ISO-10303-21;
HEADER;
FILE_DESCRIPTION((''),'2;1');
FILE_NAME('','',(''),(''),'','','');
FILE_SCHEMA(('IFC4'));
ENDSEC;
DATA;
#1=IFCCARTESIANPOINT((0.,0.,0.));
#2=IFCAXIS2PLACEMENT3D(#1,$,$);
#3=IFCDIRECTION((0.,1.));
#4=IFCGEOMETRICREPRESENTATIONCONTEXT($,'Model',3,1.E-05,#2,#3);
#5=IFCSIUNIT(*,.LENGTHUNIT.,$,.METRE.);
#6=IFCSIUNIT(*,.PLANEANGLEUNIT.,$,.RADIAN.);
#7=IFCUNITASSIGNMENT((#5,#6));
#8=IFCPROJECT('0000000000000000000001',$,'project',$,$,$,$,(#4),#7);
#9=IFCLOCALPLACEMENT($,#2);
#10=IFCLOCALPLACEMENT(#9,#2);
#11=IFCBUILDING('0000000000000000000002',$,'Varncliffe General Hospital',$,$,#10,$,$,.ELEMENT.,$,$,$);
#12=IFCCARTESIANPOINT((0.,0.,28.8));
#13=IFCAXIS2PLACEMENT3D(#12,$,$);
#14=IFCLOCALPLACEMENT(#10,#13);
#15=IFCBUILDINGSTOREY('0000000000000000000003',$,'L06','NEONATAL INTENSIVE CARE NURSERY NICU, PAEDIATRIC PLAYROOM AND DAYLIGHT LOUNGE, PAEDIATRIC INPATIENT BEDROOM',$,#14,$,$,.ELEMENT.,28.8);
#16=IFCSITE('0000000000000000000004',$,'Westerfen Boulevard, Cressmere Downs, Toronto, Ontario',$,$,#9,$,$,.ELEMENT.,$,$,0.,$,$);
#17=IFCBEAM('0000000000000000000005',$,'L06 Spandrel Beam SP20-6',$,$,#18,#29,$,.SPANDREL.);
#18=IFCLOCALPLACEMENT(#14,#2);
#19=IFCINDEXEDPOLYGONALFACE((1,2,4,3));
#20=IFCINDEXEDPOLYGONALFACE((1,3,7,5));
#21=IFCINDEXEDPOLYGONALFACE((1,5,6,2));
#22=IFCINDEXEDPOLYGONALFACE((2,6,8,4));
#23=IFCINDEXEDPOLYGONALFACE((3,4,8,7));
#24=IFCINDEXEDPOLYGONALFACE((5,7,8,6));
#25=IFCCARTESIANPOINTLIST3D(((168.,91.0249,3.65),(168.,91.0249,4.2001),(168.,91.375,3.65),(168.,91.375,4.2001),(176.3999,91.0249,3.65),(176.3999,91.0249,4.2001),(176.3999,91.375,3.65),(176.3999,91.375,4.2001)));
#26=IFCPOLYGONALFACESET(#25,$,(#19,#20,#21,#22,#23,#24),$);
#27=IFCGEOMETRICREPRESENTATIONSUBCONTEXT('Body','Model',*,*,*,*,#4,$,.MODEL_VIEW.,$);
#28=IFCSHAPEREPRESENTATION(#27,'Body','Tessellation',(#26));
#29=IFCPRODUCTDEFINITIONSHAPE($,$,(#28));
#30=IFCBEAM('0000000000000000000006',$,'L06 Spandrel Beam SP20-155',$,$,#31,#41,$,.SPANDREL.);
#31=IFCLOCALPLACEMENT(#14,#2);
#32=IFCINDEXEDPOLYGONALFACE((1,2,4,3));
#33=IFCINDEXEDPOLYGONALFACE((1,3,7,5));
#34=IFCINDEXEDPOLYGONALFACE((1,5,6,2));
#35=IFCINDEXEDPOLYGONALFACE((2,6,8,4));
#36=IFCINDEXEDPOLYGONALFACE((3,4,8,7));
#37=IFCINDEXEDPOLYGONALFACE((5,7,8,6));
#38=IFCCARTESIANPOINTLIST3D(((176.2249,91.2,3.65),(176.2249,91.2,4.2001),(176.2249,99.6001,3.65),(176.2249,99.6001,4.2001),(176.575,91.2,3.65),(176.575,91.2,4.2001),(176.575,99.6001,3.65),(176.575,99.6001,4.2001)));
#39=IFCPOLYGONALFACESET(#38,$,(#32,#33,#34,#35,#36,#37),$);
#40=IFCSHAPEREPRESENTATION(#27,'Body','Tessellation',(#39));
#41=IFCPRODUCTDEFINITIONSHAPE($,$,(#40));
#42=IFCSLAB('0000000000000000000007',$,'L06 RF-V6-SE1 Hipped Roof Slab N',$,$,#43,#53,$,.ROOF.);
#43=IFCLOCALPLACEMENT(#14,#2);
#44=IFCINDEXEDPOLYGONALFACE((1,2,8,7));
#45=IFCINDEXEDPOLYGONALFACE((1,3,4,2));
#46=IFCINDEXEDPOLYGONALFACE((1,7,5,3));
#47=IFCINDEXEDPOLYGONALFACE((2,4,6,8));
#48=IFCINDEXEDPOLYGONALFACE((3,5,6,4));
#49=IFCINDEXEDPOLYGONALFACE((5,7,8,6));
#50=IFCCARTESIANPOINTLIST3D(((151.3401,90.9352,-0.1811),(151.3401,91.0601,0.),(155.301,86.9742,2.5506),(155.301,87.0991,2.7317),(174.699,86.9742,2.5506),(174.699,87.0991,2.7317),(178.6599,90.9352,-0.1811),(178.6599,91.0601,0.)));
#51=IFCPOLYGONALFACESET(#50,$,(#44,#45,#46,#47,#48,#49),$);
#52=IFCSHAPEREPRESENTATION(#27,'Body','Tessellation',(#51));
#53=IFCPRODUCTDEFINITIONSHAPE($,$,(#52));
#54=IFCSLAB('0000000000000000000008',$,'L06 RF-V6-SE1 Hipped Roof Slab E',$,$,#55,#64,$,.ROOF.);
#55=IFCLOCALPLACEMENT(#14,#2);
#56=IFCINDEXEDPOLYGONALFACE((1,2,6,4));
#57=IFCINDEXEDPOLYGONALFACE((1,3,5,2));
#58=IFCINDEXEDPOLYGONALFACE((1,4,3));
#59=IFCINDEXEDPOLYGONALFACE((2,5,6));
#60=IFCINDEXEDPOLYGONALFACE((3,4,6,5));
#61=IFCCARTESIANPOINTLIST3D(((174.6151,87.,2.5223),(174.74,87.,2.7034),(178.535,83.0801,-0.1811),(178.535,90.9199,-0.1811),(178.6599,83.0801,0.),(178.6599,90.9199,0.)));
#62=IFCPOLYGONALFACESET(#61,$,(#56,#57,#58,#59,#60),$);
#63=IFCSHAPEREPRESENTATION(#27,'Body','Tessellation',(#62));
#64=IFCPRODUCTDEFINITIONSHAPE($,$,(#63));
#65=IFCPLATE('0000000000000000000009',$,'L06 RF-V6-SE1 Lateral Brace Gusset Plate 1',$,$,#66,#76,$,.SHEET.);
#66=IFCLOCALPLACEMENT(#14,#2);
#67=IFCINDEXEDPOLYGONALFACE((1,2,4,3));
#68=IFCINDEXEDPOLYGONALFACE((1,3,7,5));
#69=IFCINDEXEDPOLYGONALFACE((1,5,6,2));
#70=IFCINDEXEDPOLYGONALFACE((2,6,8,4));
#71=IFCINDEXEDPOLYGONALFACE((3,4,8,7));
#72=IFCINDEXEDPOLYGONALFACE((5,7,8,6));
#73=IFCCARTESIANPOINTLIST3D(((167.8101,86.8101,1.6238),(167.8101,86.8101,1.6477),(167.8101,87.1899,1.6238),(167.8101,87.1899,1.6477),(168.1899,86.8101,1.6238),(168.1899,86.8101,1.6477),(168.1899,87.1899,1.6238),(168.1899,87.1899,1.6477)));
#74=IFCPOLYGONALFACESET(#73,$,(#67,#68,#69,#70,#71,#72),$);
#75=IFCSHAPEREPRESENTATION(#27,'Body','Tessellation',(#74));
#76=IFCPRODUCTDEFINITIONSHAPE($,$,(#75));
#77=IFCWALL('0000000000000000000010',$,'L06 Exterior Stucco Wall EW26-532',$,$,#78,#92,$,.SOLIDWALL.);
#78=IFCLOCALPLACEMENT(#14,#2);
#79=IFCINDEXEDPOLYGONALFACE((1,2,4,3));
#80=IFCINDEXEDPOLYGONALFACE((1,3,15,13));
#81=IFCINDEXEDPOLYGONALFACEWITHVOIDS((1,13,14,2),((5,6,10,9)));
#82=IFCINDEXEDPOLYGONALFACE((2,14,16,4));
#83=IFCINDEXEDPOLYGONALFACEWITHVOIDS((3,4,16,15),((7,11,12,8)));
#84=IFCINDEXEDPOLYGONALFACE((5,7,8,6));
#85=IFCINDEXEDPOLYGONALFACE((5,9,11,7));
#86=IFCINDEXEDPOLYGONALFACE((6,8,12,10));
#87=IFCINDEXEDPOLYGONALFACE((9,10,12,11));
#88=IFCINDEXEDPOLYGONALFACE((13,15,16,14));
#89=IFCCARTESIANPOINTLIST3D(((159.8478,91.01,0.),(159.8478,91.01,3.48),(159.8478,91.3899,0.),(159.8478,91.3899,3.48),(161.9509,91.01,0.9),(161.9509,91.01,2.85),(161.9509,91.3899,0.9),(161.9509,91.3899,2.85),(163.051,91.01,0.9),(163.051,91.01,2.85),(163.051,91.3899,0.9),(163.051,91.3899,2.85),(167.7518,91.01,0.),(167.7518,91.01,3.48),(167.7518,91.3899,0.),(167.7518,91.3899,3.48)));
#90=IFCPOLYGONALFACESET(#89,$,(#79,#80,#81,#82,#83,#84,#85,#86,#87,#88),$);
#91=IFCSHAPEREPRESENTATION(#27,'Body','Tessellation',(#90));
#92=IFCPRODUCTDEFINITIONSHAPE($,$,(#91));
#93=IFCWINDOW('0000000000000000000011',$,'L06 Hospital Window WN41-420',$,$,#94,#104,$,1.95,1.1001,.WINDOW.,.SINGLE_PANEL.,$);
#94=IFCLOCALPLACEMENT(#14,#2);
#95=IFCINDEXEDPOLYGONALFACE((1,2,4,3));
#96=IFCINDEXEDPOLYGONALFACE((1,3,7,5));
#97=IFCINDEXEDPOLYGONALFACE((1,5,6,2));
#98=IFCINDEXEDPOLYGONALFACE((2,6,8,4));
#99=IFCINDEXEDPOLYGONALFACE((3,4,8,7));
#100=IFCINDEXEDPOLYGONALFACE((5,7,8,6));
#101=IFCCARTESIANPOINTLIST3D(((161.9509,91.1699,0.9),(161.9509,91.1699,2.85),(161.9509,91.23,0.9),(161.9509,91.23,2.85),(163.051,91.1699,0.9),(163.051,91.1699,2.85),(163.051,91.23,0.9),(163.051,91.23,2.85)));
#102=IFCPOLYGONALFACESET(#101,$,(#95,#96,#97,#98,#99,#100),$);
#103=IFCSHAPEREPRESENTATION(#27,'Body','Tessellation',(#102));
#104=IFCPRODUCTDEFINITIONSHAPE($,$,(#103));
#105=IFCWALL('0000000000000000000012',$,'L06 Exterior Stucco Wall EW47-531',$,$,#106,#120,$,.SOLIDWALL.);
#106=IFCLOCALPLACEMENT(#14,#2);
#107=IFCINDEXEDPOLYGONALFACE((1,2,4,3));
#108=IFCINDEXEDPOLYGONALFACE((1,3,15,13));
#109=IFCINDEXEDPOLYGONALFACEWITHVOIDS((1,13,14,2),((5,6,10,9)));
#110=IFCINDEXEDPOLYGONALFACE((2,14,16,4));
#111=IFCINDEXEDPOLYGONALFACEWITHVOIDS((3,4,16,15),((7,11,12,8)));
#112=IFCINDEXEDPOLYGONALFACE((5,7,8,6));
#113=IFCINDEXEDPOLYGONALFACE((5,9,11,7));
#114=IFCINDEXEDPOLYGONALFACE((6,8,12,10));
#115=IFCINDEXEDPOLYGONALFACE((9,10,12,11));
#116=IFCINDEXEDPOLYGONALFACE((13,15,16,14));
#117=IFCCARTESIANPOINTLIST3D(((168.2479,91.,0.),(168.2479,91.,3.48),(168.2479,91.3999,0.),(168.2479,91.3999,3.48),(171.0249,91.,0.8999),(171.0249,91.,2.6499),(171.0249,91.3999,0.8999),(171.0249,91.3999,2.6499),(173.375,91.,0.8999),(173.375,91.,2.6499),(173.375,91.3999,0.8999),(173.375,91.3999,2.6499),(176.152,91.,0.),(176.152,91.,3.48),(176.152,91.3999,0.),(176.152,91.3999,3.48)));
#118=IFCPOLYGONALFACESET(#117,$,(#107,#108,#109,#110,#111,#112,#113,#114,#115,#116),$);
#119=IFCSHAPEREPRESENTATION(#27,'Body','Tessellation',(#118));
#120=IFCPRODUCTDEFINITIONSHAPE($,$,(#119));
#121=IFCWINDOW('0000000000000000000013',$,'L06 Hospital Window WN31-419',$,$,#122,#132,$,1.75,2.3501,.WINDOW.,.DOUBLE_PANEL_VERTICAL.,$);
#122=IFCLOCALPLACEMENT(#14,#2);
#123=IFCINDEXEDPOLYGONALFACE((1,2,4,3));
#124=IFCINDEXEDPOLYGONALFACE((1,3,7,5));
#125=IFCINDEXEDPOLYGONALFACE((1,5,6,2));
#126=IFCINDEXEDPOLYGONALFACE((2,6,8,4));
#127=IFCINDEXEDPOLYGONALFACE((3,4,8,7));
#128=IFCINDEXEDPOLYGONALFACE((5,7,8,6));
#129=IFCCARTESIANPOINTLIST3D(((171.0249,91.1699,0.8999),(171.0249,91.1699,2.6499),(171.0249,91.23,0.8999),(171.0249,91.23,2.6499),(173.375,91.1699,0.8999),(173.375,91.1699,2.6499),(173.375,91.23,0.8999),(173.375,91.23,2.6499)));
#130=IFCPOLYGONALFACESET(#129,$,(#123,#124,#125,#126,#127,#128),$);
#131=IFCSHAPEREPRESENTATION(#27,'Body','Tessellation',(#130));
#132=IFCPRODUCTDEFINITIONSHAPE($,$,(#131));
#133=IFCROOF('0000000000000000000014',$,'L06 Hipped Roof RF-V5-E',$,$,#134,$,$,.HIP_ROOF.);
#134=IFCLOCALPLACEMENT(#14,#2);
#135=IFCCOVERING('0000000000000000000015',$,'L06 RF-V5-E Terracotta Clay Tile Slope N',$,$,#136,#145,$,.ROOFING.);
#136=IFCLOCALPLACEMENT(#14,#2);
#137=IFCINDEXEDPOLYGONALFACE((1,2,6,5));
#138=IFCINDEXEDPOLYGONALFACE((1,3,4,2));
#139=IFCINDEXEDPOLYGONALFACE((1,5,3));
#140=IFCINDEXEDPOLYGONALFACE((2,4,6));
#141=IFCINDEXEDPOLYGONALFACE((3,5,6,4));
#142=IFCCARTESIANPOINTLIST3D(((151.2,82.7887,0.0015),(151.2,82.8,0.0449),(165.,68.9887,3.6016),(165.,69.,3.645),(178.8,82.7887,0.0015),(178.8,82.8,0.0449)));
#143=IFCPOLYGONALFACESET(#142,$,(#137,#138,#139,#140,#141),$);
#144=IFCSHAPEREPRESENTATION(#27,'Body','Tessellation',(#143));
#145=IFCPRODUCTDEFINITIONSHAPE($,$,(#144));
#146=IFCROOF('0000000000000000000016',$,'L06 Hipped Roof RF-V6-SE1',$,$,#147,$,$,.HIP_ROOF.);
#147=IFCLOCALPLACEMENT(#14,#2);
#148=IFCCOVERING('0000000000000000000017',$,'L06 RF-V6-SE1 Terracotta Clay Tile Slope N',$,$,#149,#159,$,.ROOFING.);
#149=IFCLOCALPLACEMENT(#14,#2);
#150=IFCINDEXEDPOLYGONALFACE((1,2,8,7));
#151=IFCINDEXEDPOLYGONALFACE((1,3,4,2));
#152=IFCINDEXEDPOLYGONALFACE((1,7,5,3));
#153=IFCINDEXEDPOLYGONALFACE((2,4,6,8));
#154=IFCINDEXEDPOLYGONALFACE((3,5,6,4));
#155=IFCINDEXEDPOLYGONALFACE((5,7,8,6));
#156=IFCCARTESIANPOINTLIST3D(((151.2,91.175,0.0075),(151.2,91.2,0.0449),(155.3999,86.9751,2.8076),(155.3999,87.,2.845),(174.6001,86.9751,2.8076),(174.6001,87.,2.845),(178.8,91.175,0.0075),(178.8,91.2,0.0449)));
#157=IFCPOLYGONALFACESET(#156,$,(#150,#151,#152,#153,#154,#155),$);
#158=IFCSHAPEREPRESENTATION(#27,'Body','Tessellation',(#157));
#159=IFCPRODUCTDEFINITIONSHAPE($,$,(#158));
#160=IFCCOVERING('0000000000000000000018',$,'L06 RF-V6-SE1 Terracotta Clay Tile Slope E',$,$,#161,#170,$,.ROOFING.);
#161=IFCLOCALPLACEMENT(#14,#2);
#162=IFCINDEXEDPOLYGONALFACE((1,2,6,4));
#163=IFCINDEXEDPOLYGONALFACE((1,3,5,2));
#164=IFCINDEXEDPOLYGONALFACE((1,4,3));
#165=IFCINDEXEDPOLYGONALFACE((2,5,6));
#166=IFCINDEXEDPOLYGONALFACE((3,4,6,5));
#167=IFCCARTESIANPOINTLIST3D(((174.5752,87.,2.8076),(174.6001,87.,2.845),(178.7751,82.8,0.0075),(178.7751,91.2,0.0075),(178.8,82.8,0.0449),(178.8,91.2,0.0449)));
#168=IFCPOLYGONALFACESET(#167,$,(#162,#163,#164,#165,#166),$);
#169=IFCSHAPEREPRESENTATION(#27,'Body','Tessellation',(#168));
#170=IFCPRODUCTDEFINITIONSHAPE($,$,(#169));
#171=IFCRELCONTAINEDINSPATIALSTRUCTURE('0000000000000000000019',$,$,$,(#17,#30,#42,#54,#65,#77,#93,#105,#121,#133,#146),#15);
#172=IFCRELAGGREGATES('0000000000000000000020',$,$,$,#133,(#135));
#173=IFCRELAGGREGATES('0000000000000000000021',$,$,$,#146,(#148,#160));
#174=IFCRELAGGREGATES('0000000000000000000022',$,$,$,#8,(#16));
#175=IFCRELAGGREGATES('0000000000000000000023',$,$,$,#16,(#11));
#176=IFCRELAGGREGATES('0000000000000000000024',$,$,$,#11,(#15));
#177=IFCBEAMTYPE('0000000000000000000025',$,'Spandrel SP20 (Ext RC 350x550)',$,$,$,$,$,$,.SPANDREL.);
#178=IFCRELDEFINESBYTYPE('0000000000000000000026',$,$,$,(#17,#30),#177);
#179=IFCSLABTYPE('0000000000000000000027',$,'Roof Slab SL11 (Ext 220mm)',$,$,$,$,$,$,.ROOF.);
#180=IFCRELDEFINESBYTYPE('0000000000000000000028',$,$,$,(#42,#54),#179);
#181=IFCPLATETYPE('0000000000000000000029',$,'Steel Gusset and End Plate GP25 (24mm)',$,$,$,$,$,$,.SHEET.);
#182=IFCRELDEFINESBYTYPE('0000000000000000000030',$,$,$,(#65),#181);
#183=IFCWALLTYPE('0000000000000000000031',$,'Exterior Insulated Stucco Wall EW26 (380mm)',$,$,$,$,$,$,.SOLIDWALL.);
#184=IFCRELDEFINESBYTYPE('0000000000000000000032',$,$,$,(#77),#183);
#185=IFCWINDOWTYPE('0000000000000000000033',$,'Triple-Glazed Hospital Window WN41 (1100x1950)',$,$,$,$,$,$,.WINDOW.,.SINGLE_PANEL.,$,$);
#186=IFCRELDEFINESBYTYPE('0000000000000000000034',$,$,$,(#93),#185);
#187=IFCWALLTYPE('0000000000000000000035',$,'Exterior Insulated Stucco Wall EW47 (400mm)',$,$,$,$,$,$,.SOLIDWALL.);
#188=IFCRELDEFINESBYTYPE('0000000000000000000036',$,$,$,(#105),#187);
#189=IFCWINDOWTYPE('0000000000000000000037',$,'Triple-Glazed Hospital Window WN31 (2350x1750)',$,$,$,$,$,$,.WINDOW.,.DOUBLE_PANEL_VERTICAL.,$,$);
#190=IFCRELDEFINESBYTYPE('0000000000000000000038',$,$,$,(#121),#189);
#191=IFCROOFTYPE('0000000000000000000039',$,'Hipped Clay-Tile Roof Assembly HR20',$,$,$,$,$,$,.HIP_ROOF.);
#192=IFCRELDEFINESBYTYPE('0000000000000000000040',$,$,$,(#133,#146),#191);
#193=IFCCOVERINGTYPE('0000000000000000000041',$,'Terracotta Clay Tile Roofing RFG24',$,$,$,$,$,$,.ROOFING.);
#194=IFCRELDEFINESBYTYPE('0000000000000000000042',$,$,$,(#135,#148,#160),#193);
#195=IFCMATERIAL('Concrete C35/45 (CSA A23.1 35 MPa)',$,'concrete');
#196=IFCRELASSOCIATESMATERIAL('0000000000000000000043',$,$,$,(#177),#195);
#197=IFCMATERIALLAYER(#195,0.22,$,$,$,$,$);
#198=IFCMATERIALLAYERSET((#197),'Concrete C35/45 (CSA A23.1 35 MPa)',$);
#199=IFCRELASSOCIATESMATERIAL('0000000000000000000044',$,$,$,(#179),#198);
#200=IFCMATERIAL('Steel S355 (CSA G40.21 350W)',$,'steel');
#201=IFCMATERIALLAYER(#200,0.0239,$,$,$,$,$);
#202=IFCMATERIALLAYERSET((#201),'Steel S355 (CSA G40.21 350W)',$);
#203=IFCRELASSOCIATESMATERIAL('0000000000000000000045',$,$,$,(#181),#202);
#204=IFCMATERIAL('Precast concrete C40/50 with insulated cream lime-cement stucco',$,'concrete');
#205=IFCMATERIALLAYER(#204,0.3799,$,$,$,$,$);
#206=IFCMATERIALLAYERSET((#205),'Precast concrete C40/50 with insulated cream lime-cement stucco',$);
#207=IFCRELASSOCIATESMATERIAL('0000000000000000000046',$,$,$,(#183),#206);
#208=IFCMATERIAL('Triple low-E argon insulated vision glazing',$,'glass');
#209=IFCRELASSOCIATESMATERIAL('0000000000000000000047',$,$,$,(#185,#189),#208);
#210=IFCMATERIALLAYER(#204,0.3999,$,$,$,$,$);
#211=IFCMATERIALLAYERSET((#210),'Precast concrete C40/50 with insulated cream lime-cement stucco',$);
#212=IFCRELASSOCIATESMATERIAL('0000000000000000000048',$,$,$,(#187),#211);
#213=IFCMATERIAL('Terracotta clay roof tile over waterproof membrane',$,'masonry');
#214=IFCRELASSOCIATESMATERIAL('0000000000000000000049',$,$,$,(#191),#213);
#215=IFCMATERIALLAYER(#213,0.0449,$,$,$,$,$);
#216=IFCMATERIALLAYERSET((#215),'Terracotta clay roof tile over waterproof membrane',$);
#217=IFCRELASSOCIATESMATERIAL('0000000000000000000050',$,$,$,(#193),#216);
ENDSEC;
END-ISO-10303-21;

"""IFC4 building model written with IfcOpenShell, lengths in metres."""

from ifc_helpers import new_model, si_unit, direction, frame, frame_2d, origin, origin_2d, place, context, subcontext, project, spatial, polyline, rectangle, outline, extrude, material, layer, layer_set, material_profile, profile_set, type_object, element, fill, aggregate, save


model = new_model("IFC4")

# Units and contexts
model_context = context("Model", 3, precision=1e-05, world=origin(), true_north=direction((0.0, 1.0)))
body_context = subcontext(model_context, "Body", "Model", "MODEL_VIEW")
ifc_project = project(units=[si_unit("LENGTHUNIT", "METRE"), si_unit("PLANEANGLEUNIT", "RADIAN")], contexts=[model_context])

# Site, building, storey
site_placement = place(None, origin())
site = spatial("IfcSite", under=ifc_project, at=site_placement, Name="Westerfen Boulevard, Cressmere Downs, Toronto, Ontario", CompositionType="ELEMENT", RefElevation=0.0)
building_placement = place(site_placement, origin())
building = spatial("IfcBuilding", under=site, at=building_placement, Name="Varncliffe General Hospital", CompositionType="ELEMENT")
storey_placement = place(building_placement, frame((0.0, 0.0, 28.8)))
storey = spatial("IfcBuildingStorey", under=building, at=storey_placement, Name="L06", Description="NEONATAL INTENSIVE CARE NURSERY NICU, PAEDIATRIC PLAYROOM AND DAYLIGHT LOUNGE, PAEDIATRIC INPATIENT BEDROOM", CompositionType="ELEMENT", Elevation=28.8)

# Shared definitions
ifc_material_1 = material(Name="Concrete C35/45 (CSA A23.1 35 MPa)", Category="concrete")

# Shared definitions
ifc_material_2 = material(Name="Steel S355 (CSA G40.21 350W)", Category="steel")

# Beams
ifc_material_profile_1 = material_profile(ifc_material_1, rectangle(XDim=0.3501, YDim=0.55, at=origin_2d()), Name="RC 350x550")
ifc_profile_set_1 = profile_set([ifc_material_profile_1], Name="Concrete C35/45 (CSA A23.1 35 MPa)")
beam_type_1 = type_object("IfcBeamType", Name="Spandrel SP20 (Ext RC 350x550)", PredefinedType="SPANDREL", material=ifc_profile_set_1)
beam_1_placement = place(storey_placement, frame((168.0, 91.2, 3.925), z_axis=(1.0, 0.0, 0.0), x_axis=(0.0, 1.0, 0.0)))
element("IfcBeam", 1, at=beam_1_placement, inside=storey, type_object=beam_type_1, Name="L06 Spandrel Beam SP20-6", PredefinedType="SPANDREL", context=body_context, shape_type="SweptSolid", body=[
    extrude(rectangle(XDim=0.3501, YDim=0.55, at=origin_2d()), origin(), (0.0, 0.0, 1.0), 8.3999),
])
beam_2_placement = place(storey_placement, frame((176.3999, 91.2, 3.925), z_axis=(0.0, 1.0, 0.0), x_axis=(-1.0, 0.0, 0.0)))
element("IfcBeam", 2, at=beam_2_placement, inside=storey, type_object=beam_type_1, Name="L06 Spandrel Beam SP20-155", PredefinedType="SPANDREL", context=body_context, shape_type="SweptSolid", body=[
    extrude(rectangle(XDim=0.3501, YDim=0.55, at=origin_2d()), origin(), (0.0, 0.0, 1.0), 8.4001),
])

# Slabs
ifc_layer_1 = layer(ifc_material_1, 0.22)
ifc_layer_set_1 = layer_set([ifc_layer_1], Name="Concrete C35/45 (CSA A23.1 35 MPa)")
slab_type = type_object("IfcSlabType", Name="Roof Slab SL11 (Ext 220mm)", PredefinedType="ROOF", material=ifc_layer_set_1)
slab_1_placement = place(storey_placement, frame((178.6599, 91.0601, 0.0), z_axis=(0.0, 0.567734, 0.823212), x_axis=(-1.0, 0.0, 0.0)))
element("IfcSlab", 3, at=slab_1_placement, inside=storey, type_object=slab_type, Name="L06 RF-V6-SE1 Hipped Roof Slab N", PredefinedType="ROOF", context=body_context, shape_type="SweptSolid", body=[
    extrude(outline(polyline([(0.0, 0.0), (27.3198, 0.0), (23.3589, 4.8116), (3.9609, 4.8116), (0.0, 0.0)])), origin(), (0.0, 0.0, -1.0), 0.22),
])
slab_2_placement = place(storey_placement, frame((178.6599, 83.0801, 0.0), z_axis=(0.567729, 0.0, 0.823215), x_axis=(0.0, 1.0, 0.0)))
element("IfcSlab", 4, at=slab_2_placement, inside=storey, type_object=slab_type, Name="L06 RF-V6-SE1 Hipped Roof Slab E", PredefinedType="ROOF", context=body_context, shape_type="SweptSolid", body=[
    extrude(outline(polyline([(0.0, 0.0), (7.8398, 0.0), (3.9199, 4.7617), (0.0, 0.0)])), origin(), (0.0, 0.0, -1.0), 0.22),
])

# Plate
ifc_layer_2 = layer(ifc_material_2, 0.0239)
ifc_layer_set_2 = layer_set([ifc_layer_2], Name="Steel S355 (CSA G40.21 350W)")
plate_type = type_object("IfcPlateType", Name="Steel Gusset and End Plate GP25 (24mm)", PredefinedType="SHEET", material=ifc_layer_set_2)
plate_placement = place(storey_placement, frame((168.0, 87.0, 1.6238), z_axis=(0.0, 0.0, 1.0), x_axis=(1.0, 0.0, 0.0)))
element("IfcPlate", 5, at=plate_placement, inside=storey, type_object=plate_type, Name="L06 RF-V6-SE1 Lateral Brace Gusset Plate 1", PredefinedType="SHEET", context=body_context, shape_type="SweptSolid", body=[
    extrude(rectangle(XDim=0.3799, YDim=0.3799, at=origin_2d()), origin(), (0.0, 0.0, 1.0), 0.0239),
])

# Walls, openings, windows
ifc_material_3 = material(Name="Precast concrete C40/50 with insulated cream lime-cement stucco", Category="concrete")
ifc_layer_3 = layer(ifc_material_3, 0.3799)
ifc_layer_set_3 = layer_set([ifc_layer_3], Name="Precast concrete C40/50 with insulated cream lime-cement stucco")
wall_type_1 = type_object("IfcWallType", Name="Exterior Insulated Stucco Wall EW26 (380mm)", PredefinedType="SOLIDWALL", material=ifc_layer_set_3)
wall_1_placement = place(storey_placement, frame((167.752, 91.2, 0.0), z_axis=(0.0, 0.0, 1.0), x_axis=(-1.0, 0.0, 0.0)))
wall_1 = element("IfcWall", 6, at=wall_1_placement, inside=storey, type_object=wall_type_1, Name="L06 Exterior Stucco Wall EW26-532", PredefinedType="SOLIDWALL", context=body_context, shape_type="SweptSolid", body=[
    extrude(rectangle(XDim=7.9041, YDim=0.3799, at=frame_2d((3.9521, 0.0))), origin(), (0.0, 0.0, 1.0), 3.48),
])
opening_1_placement = place(wall_1_placement, frame((4.7009, 0.0, 0.8999)))
opening_1 = element("IfcOpeningElement", 7, at=opening_1_placement, cuts=wall_1, PredefinedType="OPENING", context=body_context, shape_type="SweptSolid", body=[
    extrude(rectangle(XDim=1.1001, YDim=1.95, at=frame_2d((0.55, 0.9751))), frame((0.0, 0.2, 0.0), z_axis=(0.0, -1.0, 0.0), x_axis=(1.0, 0.0, 0.0)), (0.0, 0.0, 1.0), 0.3999),
])
ifc_material_4 = material(Name="Triple low-E argon insulated vision glazing", Category="glass")
window_type_1 = type_object("IfcWindowType", Name="Triple-Glazed Hospital Window WN41 (1100x1950)", PartitioningType="SINGLE_PANEL", PredefinedType="WINDOW", material=ifc_material_4)
window_1_placement = place(opening_1_placement, origin())
window_1 = element("IfcWindow", 8, at=window_1_placement, inside=storey, type_object=window_type_1, Name="L06 Hospital Window WN41-420", OverallHeight=1.95, OverallWidth=1.1001, PartitioningType="SINGLE_PANEL", PredefinedType="WINDOW", context=body_context, shape_type="SweptSolid", body=[
    extrude(rectangle(XDim=1.1001, YDim=1.95, at=frame_2d((0.55, 0.9751))), frame((0.0, 0.03, 0.0), z_axis=(0.0, -1.0, 0.0), x_axis=(1.0, 0.0, 0.0)), (0.0, 0.0, 1.0), 0.0601),
])
fill(opening_1, window_1)
ifc_layer_4 = layer(ifc_material_3, 0.3999)
ifc_layer_set_4 = layer_set([ifc_layer_4], Name="Precast concrete C40/50 with insulated cream lime-cement stucco")
wall_type_2 = type_object("IfcWallType", Name="Exterior Insulated Stucco Wall EW47 (400mm)", PredefinedType="SOLIDWALL", material=ifc_layer_set_4)
wall_2_placement = place(storey_placement, frame((176.1521, 91.2, 0.0), z_axis=(0.0, 0.0, 1.0), x_axis=(-1.0, 0.0, 0.0)))
wall_2 = element("IfcWall", 9, at=wall_2_placement, inside=storey, type_object=wall_type_2, Name="L06 Exterior Stucco Wall EW47-531", PredefinedType="SOLIDWALL", context=body_context, shape_type="SweptSolid", body=[
    extrude(rectangle(XDim=7.9041, YDim=0.3999, at=frame_2d((3.9521, 0.0))), origin(), (0.0, 0.0, 1.0), 3.48),
])
opening_2_placement = place(wall_2_placement, frame((2.7771, 0.0, 0.8999)))
opening_2 = element("IfcOpeningElement", 10, at=opening_2_placement, cuts=wall_2, PredefinedType="OPENING", context=body_context, shape_type="SweptSolid", body=[
    extrude(rectangle(XDim=2.3501, YDim=1.75, at=frame_2d((1.175, 0.875))), frame((0.0, 0.21, 0.0), z_axis=(0.0, -1.0, 0.0), x_axis=(1.0, 0.0, 0.0)), (0.0, 0.0, 1.0), 0.4199),
])
window_type_2 = type_object("IfcWindowType", Name="Triple-Glazed Hospital Window WN31 (2350x1750)", PartitioningType="DOUBLE_PANEL_VERTICAL", PredefinedType="WINDOW", material=ifc_material_4)
window_2_placement = place(opening_2_placement, origin())
window_2 = element("IfcWindow", 11, at=window_2_placement, inside=storey, type_object=window_type_2, Name="L06 Hospital Window WN31-419", OverallHeight=1.75, OverallWidth=2.3501, PartitioningType="DOUBLE_PANEL_VERTICAL", PredefinedType="WINDOW", context=body_context, shape_type="SweptSolid", body=[
    extrude(rectangle(XDim=2.3501, YDim=1.75, at=frame_2d((1.175, 0.875))), frame((0.0, 0.03, 0.0), z_axis=(0.0, -1.0, 0.0), x_axis=(1.0, 0.0, 0.0)), (0.0, 0.0, 1.0), 0.0601),
])
fill(opening_2, window_2)

# Roof, covering
ifc_material_5 = material(Name="Terracotta clay roof tile over waterproof membrane", Category="masonry")
roof_type = type_object("IfcRoofType", Name="Hipped Clay-Tile Roof Assembly HR20", PredefinedType="HIP_ROOF", material=ifc_material_5)
roof_1_placement = place(storey_placement, origin())
roof_1 = element("IfcRoof", 12, at=roof_1_placement, inside=storey, type_object=roof_type, Name="L06 Hipped Roof RF-V5-E", PredefinedType="HIP_ROOF")
ifc_layer_5 = layer(ifc_material_5, 0.0449)
ifc_layer_set_5 = layer_set([ifc_layer_5], Name="Terracotta clay roof tile over waterproof membrane")
covering_type = type_object("IfcCoveringType", Name="Terracotta Clay Tile Roofing RFG24", PredefinedType="ROOFING", material=ifc_layer_set_5)
covering_1_placement = place(storey_placement, frame((178.8, 82.8, 0.0449), z_axis=(0.0, 0.252427, 0.967616), x_axis=(-1.0, 0.0, 0.0)))
covering_1 = element("IfcCovering", 13, at=covering_1_placement, type_object=covering_type, Name="L06 RF-V5-E Terracotta Clay Tile Slope N", PredefinedType="ROOFING", context=body_context, shape_type="SweptSolid", body=[
    extrude(outline(polyline([(0.0, 0.0), (27.6001, 0.0), (13.8, 14.2619), (0.0, 0.0)])), origin(), (0.0, 0.0, -1.0), 0.0449),
])
aggregate(roof_1, [covering_1])

# Roof, coverings
roof_2_placement = place(storey_placement, origin())
roof_2 = element("IfcRoof", 14, at=roof_2_placement, inside=storey, type_object=roof_type, Name="L06 Hipped Roof RF-V6-SE1", PredefinedType="HIP_ROOF")
covering_2_placement = place(storey_placement, frame((178.8, 91.2, 0.0449), z_axis=(0.0, 0.554711, 0.832043), x_axis=(-1.0, 0.0, 0.0)))
covering_2 = element("IfcCovering", 15, at=covering_2_placement, type_object=covering_type, Name="L06 RF-V6-SE1 Terracotta Clay Tile Slope N", PredefinedType="ROOFING", context=body_context, shape_type="SweptSolid", body=[
    extrude(outline(polyline([(0.0, 0.0), (27.6001, 0.0), (23.4001, 5.0478), (4.2, 5.0478), (0.0, 0.0)])), origin(), (0.0, 0.0, -1.0), 0.0449),
])
covering_3_placement = place(storey_placement, frame((178.8, 82.8, 0.0449), z_axis=(0.554711, 0.0, 0.832043), x_axis=(0.0, 1.0, 0.0)))
covering_3 = element("IfcCovering", 16, at=covering_3_placement, type_object=covering_type, Name="L06 RF-V6-SE1 Terracotta Clay Tile Slope E", PredefinedType="ROOFING", context=body_context, shape_type="SweptSolid", body=[
    extrude(outline(polyline([(0.0, 0.0), (8.3999, 0.0), (4.2, 5.0478), (0.0, 0.0)])), origin(), (0.0, 0.0, -1.0), 0.0449),
])
aggregate(roof_2, [covering_2, covering_3])

save(model, "model.ifc")
